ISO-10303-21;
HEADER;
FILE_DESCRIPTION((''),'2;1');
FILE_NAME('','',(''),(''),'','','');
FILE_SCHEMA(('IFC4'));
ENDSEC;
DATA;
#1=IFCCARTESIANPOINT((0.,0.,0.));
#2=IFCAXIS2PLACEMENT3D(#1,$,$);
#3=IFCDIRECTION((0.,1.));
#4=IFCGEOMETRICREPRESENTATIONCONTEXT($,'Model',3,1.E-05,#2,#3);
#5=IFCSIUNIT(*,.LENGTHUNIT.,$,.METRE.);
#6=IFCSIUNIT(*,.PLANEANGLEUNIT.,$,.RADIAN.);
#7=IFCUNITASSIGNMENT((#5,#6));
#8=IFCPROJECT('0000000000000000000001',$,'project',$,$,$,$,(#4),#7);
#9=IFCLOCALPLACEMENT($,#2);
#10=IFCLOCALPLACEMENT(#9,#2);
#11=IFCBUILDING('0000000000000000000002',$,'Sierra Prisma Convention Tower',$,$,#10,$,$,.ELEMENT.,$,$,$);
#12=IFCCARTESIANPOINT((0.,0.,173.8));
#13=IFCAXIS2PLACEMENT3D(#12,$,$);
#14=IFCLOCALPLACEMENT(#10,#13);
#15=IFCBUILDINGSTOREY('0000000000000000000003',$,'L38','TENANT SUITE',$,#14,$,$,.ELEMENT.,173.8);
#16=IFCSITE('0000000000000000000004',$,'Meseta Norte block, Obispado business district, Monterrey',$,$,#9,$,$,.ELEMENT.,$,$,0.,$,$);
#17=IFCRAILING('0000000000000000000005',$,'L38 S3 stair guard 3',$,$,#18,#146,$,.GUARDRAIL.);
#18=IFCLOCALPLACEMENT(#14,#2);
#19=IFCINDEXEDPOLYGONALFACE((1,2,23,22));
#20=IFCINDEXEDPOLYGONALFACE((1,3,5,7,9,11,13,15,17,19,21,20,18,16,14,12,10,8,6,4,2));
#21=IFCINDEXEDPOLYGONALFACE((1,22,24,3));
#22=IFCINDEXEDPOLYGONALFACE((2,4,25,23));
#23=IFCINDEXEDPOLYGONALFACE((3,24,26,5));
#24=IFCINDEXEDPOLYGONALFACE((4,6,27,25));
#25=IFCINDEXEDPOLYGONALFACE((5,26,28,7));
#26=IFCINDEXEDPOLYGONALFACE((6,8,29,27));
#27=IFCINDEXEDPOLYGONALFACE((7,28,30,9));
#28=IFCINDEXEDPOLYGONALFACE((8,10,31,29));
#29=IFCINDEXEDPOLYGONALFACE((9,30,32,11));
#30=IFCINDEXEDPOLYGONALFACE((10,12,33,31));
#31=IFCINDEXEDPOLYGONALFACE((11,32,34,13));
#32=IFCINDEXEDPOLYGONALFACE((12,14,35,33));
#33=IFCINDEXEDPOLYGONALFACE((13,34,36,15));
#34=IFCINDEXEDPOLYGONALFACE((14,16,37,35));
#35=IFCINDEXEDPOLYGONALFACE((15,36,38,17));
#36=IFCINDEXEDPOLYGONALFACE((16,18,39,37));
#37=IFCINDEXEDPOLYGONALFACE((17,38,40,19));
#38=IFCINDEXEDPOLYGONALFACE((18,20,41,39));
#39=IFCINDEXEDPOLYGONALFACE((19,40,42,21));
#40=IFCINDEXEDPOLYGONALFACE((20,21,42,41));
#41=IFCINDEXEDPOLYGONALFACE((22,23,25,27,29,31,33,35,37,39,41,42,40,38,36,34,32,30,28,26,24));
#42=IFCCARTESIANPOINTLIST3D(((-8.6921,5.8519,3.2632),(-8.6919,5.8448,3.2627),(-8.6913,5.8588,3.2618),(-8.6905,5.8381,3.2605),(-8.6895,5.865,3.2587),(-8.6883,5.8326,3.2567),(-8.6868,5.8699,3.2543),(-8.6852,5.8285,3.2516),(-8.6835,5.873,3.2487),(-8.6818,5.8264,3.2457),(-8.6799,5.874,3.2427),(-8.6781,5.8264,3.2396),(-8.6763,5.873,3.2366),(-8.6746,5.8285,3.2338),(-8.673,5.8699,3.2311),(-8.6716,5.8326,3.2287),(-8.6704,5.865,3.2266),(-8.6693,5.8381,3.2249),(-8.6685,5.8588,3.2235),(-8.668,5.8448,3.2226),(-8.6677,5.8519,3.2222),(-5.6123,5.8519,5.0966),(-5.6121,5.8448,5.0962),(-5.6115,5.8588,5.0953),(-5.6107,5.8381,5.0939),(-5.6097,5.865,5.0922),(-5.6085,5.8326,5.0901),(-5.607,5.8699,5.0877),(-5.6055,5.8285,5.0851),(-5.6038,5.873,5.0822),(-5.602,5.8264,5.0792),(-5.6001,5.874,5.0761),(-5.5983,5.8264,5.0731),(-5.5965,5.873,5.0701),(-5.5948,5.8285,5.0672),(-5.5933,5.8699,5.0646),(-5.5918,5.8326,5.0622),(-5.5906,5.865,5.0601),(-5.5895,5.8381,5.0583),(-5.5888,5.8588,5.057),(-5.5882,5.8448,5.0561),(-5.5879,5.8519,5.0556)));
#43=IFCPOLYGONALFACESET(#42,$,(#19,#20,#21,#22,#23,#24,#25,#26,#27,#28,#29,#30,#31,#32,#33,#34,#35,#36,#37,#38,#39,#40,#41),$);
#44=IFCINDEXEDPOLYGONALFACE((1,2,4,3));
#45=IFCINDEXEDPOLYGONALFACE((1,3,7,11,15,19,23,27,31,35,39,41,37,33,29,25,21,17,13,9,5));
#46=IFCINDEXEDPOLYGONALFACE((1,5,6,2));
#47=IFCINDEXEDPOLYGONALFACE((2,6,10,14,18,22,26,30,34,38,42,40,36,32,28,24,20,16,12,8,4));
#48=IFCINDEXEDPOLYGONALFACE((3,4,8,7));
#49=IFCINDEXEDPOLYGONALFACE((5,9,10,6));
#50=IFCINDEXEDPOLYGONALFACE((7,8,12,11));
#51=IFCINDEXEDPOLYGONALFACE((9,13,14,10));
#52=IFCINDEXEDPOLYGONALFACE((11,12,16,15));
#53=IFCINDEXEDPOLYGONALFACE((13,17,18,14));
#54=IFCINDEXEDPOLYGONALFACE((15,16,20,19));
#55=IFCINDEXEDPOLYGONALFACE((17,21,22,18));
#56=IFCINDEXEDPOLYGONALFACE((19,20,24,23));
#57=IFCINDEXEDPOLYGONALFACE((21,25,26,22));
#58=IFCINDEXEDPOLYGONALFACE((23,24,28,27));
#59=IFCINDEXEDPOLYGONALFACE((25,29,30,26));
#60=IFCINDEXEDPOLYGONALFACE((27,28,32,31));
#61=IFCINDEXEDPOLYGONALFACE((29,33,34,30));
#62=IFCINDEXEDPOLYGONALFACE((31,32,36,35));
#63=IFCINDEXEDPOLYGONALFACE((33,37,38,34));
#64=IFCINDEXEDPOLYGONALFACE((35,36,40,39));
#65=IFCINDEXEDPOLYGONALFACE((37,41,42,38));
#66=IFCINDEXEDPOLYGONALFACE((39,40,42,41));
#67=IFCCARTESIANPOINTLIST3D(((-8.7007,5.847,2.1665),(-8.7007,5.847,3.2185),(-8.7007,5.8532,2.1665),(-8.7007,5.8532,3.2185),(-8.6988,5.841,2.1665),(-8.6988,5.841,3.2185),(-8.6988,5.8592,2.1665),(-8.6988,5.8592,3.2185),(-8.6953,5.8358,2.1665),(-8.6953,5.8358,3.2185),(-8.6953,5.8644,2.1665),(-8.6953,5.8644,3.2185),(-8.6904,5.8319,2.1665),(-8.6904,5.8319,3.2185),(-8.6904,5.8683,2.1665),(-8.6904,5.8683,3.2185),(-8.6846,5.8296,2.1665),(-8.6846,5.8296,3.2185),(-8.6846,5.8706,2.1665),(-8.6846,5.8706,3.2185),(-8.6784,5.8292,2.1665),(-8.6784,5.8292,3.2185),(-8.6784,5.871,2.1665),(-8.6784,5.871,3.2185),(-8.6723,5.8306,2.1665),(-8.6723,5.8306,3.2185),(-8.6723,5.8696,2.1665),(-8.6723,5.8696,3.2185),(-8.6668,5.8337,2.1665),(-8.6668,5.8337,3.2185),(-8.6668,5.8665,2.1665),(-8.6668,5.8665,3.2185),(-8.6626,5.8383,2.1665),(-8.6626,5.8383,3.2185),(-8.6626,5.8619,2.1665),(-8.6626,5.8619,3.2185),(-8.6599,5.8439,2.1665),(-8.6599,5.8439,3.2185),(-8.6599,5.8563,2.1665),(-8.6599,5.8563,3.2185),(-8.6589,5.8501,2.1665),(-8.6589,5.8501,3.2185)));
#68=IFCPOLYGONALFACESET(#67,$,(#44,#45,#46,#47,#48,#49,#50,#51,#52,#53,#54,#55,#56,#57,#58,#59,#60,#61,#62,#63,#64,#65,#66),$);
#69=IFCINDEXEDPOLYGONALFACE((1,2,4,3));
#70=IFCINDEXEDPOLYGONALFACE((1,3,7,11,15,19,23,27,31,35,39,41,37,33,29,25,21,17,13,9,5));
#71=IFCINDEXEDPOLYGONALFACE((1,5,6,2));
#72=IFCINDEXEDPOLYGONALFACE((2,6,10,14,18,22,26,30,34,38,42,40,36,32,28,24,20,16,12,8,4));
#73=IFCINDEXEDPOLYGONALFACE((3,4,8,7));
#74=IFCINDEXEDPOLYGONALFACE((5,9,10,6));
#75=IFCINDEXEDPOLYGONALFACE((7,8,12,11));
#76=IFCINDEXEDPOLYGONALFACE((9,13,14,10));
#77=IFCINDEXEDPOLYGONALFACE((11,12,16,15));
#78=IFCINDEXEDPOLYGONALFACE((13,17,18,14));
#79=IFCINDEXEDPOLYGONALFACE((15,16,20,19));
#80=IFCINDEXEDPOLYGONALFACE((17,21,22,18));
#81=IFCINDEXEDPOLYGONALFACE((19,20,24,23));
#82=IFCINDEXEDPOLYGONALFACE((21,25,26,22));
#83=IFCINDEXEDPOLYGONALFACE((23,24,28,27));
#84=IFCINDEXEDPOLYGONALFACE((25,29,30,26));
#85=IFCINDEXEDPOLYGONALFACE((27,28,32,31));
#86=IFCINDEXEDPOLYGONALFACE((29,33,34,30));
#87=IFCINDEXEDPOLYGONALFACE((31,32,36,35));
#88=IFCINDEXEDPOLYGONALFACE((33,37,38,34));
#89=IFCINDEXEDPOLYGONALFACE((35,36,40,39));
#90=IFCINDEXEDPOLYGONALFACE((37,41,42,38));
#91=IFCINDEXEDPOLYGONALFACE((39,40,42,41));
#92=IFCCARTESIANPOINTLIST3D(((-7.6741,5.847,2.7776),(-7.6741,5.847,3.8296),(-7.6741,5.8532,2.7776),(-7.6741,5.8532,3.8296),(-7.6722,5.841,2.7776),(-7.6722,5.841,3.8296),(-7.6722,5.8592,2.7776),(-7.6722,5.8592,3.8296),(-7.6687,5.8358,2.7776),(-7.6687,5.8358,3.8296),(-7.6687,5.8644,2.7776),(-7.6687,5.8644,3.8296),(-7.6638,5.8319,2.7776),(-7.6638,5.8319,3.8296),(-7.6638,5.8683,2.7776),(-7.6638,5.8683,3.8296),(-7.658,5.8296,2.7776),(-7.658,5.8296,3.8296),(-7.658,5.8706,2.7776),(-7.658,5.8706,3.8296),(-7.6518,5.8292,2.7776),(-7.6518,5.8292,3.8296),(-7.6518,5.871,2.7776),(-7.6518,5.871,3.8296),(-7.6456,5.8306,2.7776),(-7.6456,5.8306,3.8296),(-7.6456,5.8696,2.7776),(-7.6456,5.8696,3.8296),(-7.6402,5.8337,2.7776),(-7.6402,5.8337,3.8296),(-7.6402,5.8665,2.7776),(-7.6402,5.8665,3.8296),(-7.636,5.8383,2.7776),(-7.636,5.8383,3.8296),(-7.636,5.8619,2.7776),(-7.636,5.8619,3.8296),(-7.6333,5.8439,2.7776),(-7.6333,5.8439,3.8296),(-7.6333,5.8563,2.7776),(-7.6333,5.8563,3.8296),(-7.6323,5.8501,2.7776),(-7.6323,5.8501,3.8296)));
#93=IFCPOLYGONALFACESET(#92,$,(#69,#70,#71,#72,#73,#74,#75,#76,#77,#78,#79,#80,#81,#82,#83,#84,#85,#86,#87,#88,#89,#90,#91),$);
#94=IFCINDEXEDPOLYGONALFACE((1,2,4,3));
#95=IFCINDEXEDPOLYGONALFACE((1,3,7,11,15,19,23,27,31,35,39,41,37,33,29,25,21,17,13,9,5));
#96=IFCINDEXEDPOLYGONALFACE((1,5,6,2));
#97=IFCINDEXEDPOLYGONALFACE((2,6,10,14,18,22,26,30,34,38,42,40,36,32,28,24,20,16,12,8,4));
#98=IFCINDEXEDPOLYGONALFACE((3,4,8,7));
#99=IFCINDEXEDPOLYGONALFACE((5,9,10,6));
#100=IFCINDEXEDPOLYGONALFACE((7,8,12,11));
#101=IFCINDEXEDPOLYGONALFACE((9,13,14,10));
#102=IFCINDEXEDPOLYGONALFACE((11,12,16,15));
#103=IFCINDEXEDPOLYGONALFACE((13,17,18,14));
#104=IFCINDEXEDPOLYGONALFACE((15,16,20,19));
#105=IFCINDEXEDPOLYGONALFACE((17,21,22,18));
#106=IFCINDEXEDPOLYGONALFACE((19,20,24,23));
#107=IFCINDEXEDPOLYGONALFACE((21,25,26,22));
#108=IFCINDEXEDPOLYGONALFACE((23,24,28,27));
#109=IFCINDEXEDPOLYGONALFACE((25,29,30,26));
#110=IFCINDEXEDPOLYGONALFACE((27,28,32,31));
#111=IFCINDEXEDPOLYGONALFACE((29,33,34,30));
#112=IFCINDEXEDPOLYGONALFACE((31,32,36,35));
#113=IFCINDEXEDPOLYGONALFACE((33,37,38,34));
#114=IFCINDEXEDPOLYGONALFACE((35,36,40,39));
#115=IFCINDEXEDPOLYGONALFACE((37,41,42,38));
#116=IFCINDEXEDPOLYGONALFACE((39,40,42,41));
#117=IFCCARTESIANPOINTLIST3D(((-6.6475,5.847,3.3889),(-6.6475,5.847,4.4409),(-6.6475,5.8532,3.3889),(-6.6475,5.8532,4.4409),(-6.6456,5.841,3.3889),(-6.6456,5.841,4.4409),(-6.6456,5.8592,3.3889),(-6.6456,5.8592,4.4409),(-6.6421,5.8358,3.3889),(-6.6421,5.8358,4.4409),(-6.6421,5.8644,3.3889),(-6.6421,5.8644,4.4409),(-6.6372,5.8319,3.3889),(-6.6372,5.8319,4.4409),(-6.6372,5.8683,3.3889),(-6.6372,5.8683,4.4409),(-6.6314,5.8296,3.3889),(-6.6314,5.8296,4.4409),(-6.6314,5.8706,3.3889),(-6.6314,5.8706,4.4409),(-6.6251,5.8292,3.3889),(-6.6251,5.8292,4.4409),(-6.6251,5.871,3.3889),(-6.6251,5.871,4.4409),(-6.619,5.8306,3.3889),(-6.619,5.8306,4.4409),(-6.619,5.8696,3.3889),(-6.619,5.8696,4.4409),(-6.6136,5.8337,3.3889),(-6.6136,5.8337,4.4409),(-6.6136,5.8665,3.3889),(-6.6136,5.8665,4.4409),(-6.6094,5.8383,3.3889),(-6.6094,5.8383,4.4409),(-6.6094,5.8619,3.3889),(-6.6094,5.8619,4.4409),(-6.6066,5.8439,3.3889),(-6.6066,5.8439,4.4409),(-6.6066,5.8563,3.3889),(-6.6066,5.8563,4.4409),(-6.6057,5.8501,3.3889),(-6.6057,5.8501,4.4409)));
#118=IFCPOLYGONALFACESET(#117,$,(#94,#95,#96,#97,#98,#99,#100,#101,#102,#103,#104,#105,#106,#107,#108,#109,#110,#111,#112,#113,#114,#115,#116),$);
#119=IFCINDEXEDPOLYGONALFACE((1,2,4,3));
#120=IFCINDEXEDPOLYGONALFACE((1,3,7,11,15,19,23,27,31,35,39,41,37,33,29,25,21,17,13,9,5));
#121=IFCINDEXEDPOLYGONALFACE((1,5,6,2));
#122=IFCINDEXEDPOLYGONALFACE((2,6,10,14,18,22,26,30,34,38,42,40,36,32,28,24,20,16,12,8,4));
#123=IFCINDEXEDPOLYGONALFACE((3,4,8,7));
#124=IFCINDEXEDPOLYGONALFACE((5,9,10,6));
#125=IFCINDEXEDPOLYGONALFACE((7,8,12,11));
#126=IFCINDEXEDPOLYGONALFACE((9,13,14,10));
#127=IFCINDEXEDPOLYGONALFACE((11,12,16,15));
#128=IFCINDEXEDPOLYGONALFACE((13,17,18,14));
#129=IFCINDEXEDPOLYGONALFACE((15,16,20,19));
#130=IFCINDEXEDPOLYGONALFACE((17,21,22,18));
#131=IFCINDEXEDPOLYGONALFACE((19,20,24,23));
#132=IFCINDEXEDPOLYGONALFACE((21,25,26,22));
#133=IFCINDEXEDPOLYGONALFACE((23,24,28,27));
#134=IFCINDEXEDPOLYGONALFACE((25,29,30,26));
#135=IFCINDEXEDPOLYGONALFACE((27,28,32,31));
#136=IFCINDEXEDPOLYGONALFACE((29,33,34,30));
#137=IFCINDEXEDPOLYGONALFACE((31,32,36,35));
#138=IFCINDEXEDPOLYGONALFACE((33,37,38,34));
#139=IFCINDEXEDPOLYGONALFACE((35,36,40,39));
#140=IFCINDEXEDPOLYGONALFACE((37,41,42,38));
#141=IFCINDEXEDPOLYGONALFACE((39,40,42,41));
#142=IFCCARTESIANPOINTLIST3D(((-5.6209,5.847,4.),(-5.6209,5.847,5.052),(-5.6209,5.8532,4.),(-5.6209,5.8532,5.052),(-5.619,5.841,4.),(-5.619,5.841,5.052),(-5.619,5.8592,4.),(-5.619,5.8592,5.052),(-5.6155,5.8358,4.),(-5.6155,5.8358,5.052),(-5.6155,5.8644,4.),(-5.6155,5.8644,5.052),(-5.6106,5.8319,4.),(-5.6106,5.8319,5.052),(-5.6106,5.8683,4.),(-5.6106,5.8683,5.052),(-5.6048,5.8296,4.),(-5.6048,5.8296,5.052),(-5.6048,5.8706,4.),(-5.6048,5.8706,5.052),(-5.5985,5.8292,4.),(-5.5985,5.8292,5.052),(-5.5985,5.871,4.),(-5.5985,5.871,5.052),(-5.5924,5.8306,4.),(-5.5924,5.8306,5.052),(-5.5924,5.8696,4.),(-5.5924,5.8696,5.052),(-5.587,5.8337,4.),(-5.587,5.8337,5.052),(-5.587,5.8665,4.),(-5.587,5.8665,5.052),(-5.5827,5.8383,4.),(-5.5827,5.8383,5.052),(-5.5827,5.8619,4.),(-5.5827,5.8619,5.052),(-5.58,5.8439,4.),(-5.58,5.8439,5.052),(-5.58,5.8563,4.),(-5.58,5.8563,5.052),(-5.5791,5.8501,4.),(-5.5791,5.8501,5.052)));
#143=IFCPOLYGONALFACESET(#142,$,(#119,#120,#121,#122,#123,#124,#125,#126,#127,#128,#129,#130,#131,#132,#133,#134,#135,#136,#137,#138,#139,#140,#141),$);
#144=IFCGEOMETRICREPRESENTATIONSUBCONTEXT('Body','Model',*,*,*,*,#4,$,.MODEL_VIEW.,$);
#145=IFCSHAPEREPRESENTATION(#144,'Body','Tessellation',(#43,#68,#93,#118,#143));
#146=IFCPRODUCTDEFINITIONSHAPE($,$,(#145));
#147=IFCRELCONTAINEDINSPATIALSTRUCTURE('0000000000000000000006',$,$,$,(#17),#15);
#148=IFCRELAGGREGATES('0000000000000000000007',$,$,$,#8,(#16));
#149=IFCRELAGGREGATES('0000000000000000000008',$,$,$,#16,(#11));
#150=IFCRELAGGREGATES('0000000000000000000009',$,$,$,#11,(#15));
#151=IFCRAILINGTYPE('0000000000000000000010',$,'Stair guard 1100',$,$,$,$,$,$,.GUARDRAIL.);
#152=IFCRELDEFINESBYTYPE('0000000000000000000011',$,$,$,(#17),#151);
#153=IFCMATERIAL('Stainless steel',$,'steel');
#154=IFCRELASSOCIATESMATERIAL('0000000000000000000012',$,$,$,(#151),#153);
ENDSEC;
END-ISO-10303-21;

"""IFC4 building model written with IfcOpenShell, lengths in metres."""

from ifc_helpers import new_model, si_unit, direction, frame, origin, origin_2d, place, context, subcontext, project, spatial, circle, extrude, material, type_object, element, save


model = new_model("IFC4")

# Units and contexts
model_context = context("Model", 3, precision=1e-05, world=origin(), true_north=direction((0.0, 1.0)))
body_context = subcontext(model_context, "Body", "Model", "MODEL_VIEW")
ifc_project = project(units=[si_unit("LENGTHUNIT", "METRE"), si_unit("PLANEANGLEUNIT", "RADIAN")], contexts=[model_context])

# Site, building, storey
site_placement = place(None, origin())
site = spatial("IfcSite", under=ifc_project, at=site_placement, Name="Meseta Norte block, Obispado business district, Monterrey", CompositionType="ELEMENT", RefElevation=0.0)
building_placement = place(site_placement, origin())
building = spatial("IfcBuilding", under=site, at=building_placement, Name="Sierra Prisma Convention Tower", CompositionType="ELEMENT")
storey_placement = place(building_placement, frame((0.0, 0.0, 173.8)))
storey = spatial("IfcBuildingStorey", under=building, at=storey_placement, Name="L38", Description="TENANT SUITE", CompositionType="ELEMENT", Elevation=173.8)

# Railing
ifc_material_1 = material(Name="Stainless steel", Category="steel")
railing_type_1 = type_object("IfcRailingType", Name="Stair guard 1100", PredefinedType="GUARDRAIL", material=ifc_material_1)
railing_1_placement = place(storey_placement, frame((-8.6799, 5.8501, 2.1665)))
element("IfcRailing", 1, at=railing_1_placement, inside=storey, type_object=railing_type_1, Name="L38 S3 stair guard 3", PredefinedType="GUARDRAIL", context=body_context, shape_type="SweptSolid", body=[
    extrude(circle(Radius=0.0239, at=origin_2d()), frame((0.0, 0.0, 1.0762), z_axis=(0.859261, 0.0, 0.511538), x_axis=(0.0, 1.0, 0.0)), (0.0, 0.0, 1.0), 3.5842),
    extrude(circle(Radius=0.021, at=origin_2d()), origin(), (0.0, 0.0, 1.0), 1.052),
    extrude(circle(Radius=0.021, at=origin_2d()), frame((1.0266, 0.0, 0.6111)), (0.0, 0.0, 1.0), 1.052),
    extrude(circle(Radius=0.021, at=origin_2d()), frame((2.0532, 0.0, 1.2224)), (0.0, 0.0, 1.0), 1.052),
    extrude(circle(Radius=0.021, at=origin_2d()), frame((3.0798, 0.0, 1.8335)), (0.0, 0.0, 1.0), 1.052),
])

save(model, "model.ifc")
